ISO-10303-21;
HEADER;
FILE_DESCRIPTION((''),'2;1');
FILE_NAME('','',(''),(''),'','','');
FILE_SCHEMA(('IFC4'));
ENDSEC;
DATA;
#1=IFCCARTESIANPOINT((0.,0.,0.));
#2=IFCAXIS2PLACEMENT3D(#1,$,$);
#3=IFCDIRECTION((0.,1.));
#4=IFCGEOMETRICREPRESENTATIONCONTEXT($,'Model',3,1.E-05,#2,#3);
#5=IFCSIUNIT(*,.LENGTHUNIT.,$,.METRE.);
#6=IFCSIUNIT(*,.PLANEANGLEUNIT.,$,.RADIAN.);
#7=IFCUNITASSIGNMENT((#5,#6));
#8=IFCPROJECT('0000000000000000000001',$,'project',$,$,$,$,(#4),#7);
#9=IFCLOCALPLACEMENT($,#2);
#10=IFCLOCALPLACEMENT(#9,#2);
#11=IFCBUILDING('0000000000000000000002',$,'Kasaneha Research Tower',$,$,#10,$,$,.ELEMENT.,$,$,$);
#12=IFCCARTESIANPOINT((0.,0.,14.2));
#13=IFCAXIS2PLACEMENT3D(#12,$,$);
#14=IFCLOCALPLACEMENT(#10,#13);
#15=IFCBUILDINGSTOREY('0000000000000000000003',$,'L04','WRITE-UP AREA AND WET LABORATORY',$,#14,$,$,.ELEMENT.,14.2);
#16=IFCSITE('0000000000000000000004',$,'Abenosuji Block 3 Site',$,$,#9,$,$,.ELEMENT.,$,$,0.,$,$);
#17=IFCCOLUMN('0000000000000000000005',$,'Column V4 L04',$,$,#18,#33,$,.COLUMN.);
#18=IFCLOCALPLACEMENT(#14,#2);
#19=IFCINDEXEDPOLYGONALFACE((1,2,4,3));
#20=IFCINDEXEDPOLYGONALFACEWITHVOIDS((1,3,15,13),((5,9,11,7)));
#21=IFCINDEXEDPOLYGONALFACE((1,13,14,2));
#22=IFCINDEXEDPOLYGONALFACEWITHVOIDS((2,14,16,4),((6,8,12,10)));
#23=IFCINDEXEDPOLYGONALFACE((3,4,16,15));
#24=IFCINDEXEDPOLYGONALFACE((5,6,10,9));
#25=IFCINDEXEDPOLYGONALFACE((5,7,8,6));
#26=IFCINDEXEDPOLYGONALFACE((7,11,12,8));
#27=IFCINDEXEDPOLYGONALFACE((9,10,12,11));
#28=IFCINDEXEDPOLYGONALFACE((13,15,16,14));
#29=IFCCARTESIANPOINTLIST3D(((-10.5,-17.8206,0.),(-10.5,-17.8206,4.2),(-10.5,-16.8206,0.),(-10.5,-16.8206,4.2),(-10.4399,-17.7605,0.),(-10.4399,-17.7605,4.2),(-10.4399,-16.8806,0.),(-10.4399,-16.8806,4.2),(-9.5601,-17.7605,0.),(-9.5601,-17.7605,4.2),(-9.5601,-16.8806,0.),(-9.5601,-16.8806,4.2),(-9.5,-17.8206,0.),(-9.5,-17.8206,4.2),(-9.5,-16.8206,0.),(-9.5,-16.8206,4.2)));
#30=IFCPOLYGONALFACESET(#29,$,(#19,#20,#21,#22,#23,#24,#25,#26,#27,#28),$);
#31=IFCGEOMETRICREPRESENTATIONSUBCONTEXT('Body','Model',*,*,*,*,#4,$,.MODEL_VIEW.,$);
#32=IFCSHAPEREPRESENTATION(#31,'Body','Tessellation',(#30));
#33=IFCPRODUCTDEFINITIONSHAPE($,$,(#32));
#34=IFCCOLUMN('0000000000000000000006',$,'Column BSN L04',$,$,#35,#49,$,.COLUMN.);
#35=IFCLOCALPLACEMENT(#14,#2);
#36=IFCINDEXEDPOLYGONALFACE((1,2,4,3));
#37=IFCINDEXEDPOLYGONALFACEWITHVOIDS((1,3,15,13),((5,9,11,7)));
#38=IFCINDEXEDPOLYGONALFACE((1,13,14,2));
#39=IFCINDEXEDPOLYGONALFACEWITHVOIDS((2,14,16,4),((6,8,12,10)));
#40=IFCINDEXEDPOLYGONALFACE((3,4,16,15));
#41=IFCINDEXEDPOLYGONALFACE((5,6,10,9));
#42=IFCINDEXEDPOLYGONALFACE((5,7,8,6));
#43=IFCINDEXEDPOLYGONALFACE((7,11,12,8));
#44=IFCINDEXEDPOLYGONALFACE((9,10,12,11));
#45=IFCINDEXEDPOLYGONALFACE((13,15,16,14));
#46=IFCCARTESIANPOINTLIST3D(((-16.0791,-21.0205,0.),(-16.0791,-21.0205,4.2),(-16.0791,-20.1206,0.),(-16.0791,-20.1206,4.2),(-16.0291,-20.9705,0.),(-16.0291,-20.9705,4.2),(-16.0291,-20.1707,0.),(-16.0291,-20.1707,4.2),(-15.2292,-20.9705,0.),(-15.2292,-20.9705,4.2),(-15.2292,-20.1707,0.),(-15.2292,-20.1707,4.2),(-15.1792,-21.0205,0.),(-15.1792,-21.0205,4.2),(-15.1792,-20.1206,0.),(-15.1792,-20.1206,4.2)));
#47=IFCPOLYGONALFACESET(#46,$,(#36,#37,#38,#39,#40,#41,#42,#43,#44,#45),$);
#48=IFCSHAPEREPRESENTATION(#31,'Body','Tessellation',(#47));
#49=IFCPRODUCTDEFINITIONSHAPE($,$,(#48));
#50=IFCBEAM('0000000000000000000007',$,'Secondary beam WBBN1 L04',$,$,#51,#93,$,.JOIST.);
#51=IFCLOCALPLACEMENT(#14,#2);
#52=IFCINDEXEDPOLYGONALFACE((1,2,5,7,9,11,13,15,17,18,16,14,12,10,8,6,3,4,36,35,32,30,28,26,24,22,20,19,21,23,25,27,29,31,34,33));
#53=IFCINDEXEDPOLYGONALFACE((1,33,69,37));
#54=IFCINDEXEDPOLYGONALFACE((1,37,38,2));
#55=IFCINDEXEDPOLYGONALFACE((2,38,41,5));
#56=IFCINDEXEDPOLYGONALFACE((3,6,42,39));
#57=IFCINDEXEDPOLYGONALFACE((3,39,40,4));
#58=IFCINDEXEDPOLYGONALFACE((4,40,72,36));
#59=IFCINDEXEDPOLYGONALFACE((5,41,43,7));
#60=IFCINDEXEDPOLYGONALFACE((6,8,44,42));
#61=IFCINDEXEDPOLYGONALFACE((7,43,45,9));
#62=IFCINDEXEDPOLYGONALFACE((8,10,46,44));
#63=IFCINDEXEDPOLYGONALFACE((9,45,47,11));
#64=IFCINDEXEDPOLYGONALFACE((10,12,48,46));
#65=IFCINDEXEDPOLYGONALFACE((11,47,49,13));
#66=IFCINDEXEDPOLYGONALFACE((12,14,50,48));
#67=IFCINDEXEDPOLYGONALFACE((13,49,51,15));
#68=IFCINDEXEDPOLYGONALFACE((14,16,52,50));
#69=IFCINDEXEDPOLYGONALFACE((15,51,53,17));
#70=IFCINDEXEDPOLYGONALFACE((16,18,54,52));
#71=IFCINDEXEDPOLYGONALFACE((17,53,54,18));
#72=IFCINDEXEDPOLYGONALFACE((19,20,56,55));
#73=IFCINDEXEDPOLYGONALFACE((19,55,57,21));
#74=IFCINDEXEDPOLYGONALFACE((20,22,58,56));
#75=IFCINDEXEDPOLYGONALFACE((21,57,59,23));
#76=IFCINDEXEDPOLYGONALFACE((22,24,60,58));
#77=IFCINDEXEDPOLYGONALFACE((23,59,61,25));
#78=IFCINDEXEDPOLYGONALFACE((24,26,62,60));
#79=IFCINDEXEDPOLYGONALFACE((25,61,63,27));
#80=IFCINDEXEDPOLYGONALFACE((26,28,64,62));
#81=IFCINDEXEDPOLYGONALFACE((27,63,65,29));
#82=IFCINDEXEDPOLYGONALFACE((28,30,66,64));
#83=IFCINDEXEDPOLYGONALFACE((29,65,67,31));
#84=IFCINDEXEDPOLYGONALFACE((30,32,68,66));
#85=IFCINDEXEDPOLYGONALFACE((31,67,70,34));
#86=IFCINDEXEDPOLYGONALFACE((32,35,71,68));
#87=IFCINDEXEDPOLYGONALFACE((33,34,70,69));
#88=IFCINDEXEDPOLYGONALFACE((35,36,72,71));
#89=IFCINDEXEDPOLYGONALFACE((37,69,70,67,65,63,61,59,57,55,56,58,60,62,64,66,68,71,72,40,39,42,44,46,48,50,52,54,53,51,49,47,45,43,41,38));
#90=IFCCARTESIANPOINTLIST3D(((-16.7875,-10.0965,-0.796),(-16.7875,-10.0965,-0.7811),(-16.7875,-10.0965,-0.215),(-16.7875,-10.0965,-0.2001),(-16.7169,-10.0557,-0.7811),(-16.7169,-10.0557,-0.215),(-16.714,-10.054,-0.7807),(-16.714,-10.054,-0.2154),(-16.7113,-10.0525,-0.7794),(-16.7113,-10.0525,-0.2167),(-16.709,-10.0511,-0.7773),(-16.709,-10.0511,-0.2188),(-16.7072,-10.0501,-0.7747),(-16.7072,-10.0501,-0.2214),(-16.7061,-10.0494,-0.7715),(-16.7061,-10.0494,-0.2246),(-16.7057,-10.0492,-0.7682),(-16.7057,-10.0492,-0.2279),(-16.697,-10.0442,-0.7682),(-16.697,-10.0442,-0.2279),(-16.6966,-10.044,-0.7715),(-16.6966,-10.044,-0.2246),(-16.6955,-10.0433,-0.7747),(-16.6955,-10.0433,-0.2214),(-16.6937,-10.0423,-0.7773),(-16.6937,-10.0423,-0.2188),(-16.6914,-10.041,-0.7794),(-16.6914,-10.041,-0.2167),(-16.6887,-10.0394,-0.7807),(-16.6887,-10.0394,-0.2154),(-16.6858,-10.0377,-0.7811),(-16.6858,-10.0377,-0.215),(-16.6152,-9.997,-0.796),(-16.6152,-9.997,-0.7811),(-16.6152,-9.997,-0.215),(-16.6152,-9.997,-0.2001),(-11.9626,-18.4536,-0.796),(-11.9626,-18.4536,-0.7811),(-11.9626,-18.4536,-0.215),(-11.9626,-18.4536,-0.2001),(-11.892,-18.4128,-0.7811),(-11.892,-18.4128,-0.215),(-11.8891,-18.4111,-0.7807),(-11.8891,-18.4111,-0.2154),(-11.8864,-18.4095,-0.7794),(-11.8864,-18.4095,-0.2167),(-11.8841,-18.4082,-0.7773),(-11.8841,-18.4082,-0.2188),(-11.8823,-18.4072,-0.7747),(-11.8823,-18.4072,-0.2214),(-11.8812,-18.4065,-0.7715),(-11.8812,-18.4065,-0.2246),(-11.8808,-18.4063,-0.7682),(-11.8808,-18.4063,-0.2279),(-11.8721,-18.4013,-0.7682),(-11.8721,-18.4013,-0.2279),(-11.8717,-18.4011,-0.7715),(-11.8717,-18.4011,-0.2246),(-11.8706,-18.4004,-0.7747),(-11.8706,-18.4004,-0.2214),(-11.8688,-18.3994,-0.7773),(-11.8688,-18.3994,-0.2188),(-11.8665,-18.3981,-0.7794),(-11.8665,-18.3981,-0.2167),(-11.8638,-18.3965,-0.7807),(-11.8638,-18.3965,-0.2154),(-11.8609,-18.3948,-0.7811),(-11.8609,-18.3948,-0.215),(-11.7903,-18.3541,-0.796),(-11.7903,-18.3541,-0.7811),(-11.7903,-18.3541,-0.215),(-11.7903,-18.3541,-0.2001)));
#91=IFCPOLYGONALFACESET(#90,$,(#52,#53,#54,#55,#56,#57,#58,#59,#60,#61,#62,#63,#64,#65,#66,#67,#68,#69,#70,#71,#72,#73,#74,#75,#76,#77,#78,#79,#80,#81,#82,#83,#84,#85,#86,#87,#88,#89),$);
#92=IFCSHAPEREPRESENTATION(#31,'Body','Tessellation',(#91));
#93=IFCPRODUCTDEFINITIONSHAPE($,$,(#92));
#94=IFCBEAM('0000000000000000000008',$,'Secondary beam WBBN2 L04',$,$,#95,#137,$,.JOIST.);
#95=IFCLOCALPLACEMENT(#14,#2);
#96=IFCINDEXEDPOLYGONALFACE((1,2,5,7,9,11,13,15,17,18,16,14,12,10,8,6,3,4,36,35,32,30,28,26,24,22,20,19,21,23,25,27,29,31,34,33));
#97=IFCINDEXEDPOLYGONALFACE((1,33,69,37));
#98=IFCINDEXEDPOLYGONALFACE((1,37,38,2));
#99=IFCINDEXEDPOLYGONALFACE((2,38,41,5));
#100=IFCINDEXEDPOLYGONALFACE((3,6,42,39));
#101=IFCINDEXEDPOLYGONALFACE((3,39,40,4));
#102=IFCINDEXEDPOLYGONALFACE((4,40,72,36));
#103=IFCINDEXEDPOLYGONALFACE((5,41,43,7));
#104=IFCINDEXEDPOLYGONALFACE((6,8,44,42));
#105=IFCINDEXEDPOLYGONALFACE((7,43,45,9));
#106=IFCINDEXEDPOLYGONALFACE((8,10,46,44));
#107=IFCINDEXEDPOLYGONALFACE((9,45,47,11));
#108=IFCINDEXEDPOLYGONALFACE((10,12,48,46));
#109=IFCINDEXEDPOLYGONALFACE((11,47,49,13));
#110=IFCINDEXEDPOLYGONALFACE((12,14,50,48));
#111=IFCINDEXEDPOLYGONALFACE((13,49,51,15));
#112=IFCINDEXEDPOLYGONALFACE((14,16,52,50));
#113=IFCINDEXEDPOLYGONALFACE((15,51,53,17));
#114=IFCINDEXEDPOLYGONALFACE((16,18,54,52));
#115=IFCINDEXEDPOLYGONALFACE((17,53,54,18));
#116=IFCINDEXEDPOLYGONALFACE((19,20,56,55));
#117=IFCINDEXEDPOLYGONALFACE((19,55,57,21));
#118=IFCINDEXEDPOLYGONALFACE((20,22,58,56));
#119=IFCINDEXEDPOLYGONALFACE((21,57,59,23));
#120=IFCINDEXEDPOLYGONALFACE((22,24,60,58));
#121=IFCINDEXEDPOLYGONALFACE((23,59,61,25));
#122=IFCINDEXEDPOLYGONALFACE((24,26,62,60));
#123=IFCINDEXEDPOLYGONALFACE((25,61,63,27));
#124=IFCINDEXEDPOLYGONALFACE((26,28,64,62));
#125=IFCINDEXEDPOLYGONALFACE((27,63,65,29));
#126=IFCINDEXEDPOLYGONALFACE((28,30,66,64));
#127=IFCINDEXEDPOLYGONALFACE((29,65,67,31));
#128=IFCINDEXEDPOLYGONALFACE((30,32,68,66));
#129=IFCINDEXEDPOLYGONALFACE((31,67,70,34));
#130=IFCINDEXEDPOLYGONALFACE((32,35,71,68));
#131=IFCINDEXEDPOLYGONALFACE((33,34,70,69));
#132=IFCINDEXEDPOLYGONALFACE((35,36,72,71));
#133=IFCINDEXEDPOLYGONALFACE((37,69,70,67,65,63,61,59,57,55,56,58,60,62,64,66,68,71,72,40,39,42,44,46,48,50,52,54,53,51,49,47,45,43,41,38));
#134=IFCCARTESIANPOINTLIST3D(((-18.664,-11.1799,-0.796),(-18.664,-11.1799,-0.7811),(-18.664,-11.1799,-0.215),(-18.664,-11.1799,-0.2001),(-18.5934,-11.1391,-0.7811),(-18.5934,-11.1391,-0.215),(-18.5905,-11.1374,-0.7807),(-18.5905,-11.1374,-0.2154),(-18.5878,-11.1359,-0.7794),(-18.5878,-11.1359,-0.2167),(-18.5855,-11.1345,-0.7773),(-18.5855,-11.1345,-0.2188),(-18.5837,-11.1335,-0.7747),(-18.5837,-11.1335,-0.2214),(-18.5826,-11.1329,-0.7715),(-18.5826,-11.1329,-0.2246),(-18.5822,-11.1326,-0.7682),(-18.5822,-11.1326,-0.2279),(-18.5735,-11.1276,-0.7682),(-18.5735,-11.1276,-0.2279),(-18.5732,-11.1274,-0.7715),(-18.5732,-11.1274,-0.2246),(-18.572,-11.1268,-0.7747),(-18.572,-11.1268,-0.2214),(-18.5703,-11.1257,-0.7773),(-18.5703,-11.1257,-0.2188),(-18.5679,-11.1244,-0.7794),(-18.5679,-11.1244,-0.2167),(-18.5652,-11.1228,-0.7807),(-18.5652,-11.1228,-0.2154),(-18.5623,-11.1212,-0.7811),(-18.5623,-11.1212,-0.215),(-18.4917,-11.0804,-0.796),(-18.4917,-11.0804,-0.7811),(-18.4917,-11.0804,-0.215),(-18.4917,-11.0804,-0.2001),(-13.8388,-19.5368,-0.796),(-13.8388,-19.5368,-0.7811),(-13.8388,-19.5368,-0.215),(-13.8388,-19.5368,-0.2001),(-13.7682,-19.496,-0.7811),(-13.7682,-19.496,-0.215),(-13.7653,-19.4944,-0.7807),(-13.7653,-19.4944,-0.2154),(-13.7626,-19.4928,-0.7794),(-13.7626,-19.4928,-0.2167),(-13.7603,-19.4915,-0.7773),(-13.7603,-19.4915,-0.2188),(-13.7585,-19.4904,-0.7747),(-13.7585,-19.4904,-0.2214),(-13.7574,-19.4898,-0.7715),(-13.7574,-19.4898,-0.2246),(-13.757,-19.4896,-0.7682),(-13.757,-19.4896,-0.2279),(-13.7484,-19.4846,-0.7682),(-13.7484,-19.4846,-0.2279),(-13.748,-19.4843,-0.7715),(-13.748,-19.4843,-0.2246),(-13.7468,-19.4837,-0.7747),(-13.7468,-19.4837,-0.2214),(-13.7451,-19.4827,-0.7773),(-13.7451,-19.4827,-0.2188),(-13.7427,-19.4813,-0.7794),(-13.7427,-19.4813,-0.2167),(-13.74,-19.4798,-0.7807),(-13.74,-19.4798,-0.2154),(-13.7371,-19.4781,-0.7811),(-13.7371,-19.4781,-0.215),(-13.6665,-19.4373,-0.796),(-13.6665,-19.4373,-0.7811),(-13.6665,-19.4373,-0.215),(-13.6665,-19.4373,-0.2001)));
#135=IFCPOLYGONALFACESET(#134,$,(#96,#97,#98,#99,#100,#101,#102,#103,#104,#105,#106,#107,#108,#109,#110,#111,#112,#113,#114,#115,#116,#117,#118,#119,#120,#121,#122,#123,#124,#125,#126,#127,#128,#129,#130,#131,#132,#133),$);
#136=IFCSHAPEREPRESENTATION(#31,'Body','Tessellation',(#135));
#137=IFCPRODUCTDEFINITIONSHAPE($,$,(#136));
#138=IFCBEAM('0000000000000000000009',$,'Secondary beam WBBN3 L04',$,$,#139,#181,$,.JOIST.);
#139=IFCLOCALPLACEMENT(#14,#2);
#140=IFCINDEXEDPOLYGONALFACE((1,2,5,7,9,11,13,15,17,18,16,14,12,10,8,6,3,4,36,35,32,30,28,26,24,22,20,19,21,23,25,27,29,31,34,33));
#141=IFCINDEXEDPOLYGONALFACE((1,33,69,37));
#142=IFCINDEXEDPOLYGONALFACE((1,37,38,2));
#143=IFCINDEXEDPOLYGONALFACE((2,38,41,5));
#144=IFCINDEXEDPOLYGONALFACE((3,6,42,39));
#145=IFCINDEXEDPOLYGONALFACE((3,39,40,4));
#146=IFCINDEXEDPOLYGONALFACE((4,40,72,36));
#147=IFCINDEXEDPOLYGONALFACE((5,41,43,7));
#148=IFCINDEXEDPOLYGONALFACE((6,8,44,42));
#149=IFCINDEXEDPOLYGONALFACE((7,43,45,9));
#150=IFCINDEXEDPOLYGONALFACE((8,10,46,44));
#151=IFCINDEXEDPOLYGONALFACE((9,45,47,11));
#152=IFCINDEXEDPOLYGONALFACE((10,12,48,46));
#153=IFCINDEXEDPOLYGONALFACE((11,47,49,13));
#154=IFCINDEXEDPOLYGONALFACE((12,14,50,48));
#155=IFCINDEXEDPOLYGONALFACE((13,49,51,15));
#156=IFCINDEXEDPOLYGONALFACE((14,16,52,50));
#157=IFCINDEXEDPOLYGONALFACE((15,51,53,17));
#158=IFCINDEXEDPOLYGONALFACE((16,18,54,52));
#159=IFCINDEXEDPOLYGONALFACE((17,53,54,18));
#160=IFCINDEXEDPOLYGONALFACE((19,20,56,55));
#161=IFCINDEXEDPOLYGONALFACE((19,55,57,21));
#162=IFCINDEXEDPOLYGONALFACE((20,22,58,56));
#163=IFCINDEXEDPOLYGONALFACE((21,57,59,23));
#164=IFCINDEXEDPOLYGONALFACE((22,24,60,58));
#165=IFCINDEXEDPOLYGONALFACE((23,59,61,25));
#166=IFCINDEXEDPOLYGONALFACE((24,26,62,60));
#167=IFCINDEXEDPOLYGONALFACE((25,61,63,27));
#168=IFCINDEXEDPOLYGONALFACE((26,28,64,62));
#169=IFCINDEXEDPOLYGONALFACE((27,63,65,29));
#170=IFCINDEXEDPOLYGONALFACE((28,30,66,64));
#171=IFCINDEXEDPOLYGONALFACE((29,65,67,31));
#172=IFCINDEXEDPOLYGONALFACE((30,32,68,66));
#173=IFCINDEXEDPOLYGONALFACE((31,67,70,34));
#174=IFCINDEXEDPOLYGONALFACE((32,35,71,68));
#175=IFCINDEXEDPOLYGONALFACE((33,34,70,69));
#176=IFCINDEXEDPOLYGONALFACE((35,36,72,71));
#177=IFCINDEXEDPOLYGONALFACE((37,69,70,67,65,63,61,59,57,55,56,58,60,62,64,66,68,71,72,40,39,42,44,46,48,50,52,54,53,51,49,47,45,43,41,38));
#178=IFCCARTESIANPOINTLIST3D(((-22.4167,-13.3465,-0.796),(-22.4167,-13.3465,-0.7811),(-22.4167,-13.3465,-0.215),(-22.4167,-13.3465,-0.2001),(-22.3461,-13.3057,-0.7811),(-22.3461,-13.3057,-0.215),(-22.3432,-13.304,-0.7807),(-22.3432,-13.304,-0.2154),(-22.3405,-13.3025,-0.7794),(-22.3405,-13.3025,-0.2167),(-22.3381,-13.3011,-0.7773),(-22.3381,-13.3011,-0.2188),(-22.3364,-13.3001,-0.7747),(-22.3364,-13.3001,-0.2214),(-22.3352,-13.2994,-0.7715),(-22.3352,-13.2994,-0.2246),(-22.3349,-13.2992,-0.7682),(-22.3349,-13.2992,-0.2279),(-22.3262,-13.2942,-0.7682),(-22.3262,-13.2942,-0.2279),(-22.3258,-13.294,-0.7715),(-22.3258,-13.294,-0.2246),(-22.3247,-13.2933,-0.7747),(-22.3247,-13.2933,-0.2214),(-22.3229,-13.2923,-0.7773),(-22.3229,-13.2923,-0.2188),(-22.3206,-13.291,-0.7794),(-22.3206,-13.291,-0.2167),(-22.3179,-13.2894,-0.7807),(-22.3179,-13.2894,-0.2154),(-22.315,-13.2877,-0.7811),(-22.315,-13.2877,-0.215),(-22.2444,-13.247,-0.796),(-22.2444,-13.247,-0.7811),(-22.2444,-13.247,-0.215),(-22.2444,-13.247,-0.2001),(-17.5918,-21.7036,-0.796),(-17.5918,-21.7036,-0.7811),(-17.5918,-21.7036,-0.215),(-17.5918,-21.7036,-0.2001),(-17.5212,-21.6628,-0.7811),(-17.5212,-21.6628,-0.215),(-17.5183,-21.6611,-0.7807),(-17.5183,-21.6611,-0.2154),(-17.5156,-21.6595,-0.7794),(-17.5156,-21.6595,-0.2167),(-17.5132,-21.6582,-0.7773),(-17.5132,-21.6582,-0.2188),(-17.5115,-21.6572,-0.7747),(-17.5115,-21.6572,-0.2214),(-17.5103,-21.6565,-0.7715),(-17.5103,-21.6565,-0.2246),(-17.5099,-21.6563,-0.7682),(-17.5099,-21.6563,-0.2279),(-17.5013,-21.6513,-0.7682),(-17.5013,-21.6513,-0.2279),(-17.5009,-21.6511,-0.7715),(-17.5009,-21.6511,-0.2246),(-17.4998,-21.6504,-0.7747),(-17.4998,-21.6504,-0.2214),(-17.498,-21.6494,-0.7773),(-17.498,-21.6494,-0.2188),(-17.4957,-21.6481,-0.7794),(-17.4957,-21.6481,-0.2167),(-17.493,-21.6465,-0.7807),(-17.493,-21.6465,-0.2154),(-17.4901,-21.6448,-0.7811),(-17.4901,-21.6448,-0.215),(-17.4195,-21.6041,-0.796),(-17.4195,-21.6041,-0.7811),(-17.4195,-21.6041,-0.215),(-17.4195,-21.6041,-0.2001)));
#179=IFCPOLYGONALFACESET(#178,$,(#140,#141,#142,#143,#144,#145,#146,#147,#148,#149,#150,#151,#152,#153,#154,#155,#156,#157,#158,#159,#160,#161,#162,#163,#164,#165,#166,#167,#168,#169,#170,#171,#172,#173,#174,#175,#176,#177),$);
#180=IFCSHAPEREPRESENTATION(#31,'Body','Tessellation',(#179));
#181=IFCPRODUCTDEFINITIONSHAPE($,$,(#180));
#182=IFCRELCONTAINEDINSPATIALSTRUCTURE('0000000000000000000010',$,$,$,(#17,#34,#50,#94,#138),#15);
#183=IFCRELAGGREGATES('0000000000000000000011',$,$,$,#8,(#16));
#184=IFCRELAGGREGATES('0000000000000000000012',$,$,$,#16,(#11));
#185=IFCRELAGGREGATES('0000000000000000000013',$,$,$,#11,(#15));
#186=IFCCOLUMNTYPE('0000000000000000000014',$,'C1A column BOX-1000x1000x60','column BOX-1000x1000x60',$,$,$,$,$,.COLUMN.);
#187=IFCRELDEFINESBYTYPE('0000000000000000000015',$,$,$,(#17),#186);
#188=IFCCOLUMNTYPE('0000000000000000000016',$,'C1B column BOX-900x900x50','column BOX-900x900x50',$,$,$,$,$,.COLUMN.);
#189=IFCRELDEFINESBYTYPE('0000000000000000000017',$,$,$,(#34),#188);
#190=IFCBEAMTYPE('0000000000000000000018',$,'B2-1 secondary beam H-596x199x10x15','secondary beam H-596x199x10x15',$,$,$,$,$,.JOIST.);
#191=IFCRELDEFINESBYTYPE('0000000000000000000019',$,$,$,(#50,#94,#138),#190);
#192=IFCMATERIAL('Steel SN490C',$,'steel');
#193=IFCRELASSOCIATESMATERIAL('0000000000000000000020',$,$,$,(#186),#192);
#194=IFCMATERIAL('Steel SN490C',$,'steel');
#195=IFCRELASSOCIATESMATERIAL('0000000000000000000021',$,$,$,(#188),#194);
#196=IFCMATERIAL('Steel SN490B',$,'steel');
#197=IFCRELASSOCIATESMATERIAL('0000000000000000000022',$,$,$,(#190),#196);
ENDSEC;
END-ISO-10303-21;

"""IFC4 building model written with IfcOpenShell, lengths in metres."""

from ifc_helpers import new_model, si_unit, direction, frame, origin, origin_2d, place, context, subcontext, project, spatial, hollow_rectangle, i_section, extrude, material, material_profile, profile_set, type_object, element, save


model = new_model("IFC4")

# Units and contexts
model_context = context("Model", 3, precision=1e-05, world=origin(), true_north=direction((0.0, 1.0)))
body_context = subcontext(model_context, "Body", "Model", "MODEL_VIEW")
ifc_project = project(units=[si_unit("LENGTHUNIT", "METRE"), si_unit("PLANEANGLEUNIT", "RADIAN")], contexts=[model_context])

# Site, building, storey
site_placement = place(None, origin())
site = spatial("IfcSite", under=ifc_project, at=site_placement, Name="Abenosuji Block 3 Site", CompositionType="ELEMENT", RefElevation=0.0)
building_placement = place(site_placement, origin())
building = spatial("IfcBuilding", under=site, at=building_placement, Name="Kasaneha Research Tower", CompositionType="ELEMENT")
storey_placement = place(building_placement, frame((0.0, 0.0, 14.2)))
storey = spatial("IfcBuildingStorey", under=building, at=storey_placement, Name="L04", Description="WRITE-UP AREA AND WET LABORATORY", CompositionType="ELEMENT", Elevation=14.2)

# Columns
ifc_material_1 = material(Name="Steel SN490C", Category="steel")
ifc_material_profile_1 = material_profile(ifc_material_1, hollow_rectangle(XDim=1.0, YDim=1.0, WallThickness=0.0601, at=origin_2d()), Name="BOX-1000x1000x60")
ifc_profile_set_1 = profile_set([ifc_material_profile_1], Name="Steel SN490C")
column_type_1 = type_object("IfcColumnType", Name="C1A column BOX-1000x1000x60", Description="column BOX-1000x1000x60", PredefinedType="COLUMN", material=ifc_profile_set_1)
column_1_placement = place(storey_placement, frame((-10.0, -17.3206, 0.0), z_axis=(0.0, 0.0, 1.0), x_axis=(1.0, 0.0, 0.0)))
element("IfcColumn", 1, at=column_1_placement, inside=storey, type_object=column_type_1, Name="Column V4 L04", PredefinedType="COLUMN", context=body_context, shape_type="SweptSolid", body=[
    extrude(hollow_rectangle(XDim=1.0, YDim=1.0, WallThickness=0.0601, at=origin_2d()), origin(), (0.0, 0.0, 1.0), 4.2),
])
ifc_material_2 = material(Name="Steel SN490C", Category="steel")
ifc_material_profile_2 = material_profile(ifc_material_2, hollow_rectangle(XDim=0.8999, YDim=0.8999, WallThickness=0.05, at=origin_2d()), Name="BOX-900x900x50")
ifc_profile_set_2 = profile_set([ifc_material_profile_2], Name="Steel SN490C")
column_type_2 = type_object("IfcColumnType", Name="C1B column BOX-900x900x50", Description="column BOX-900x900x50", PredefinedType="COLUMN", material=ifc_profile_set_2)
column_2_placement = place(storey_placement, frame((-15.6292, -20.5706, 0.0), z_axis=(0.0, 0.0, 1.0), x_axis=(1.0, 0.0, 0.0)))
element("IfcColumn", 2, at=column_2_placement, inside=storey, type_object=column_type_2, Name="Column BSN L04", PredefinedType="COLUMN", context=body_context, shape_type="SweptSolid", body=[
    extrude(hollow_rectangle(XDim=0.8999, YDim=0.8999, WallThickness=0.05, at=origin_2d()), origin(), (0.0, 0.0, 1.0), 4.2),
])

# Beams
ifc_material_3 = material(Name="Steel SN490B", Category="steel")
ifc_material_profile_3 = material_profile(ifc_material_3, i_section(OverallWidth=0.199, OverallDepth=0.5959, WebThickness=0.01, FlangeThickness=0.0149, FilletRadius=0.0129, at=origin_2d()), Name="H-596x199x10x15")
ifc_profile_set_3 = profile_set([ifc_material_profile_3], Name="Steel SN490B")
beam_type_1 = type_object("IfcBeamType", Name="B2-1 secondary beam H-596x199x10x15", Description="secondary beam H-596x199x10x15", PredefinedType="JOIST", material=ifc_profile_set_3)
for number, where, z_axis, x_axis, name in (
    (3, (-11.8765, -18.4038, -0.498), (-0.499995, 0.866028, 0.0), (-0.866028, -0.499995, 0.0), "Secondary beam WBBN1 L04"),
    (4, (-13.7527, -19.4871, -0.498), (-0.500025, 0.866011, 0.0), (-0.866011, -0.500025, 0.0), "Secondary beam WBBN2 L04"),
    (5, (-17.5056, -21.6538, -0.498), (-0.499995, 0.866028, 0.0), (-0.866028, -0.499995, 0.0), "Secondary beam WBBN3 L04"),
):
    element("IfcBeam", number, at=place(storey_placement, frame(where, z_axis=z_axis, x_axis=x_axis)), inside=storey, type_object=beam_type_1, Name=name, PredefinedType="JOIST", context=body_context, shape_type="SweptSolid", body=[
        extrude(i_section(OverallWidth=0.199, OverallDepth=0.5959, WebThickness=0.01, FlangeThickness=0.0149, FilletRadius=0.0129, at=origin_2d()), origin(), (0.0, 0.0, 1.0), 9.6499),
    ])

save(model, "model.ifc")
